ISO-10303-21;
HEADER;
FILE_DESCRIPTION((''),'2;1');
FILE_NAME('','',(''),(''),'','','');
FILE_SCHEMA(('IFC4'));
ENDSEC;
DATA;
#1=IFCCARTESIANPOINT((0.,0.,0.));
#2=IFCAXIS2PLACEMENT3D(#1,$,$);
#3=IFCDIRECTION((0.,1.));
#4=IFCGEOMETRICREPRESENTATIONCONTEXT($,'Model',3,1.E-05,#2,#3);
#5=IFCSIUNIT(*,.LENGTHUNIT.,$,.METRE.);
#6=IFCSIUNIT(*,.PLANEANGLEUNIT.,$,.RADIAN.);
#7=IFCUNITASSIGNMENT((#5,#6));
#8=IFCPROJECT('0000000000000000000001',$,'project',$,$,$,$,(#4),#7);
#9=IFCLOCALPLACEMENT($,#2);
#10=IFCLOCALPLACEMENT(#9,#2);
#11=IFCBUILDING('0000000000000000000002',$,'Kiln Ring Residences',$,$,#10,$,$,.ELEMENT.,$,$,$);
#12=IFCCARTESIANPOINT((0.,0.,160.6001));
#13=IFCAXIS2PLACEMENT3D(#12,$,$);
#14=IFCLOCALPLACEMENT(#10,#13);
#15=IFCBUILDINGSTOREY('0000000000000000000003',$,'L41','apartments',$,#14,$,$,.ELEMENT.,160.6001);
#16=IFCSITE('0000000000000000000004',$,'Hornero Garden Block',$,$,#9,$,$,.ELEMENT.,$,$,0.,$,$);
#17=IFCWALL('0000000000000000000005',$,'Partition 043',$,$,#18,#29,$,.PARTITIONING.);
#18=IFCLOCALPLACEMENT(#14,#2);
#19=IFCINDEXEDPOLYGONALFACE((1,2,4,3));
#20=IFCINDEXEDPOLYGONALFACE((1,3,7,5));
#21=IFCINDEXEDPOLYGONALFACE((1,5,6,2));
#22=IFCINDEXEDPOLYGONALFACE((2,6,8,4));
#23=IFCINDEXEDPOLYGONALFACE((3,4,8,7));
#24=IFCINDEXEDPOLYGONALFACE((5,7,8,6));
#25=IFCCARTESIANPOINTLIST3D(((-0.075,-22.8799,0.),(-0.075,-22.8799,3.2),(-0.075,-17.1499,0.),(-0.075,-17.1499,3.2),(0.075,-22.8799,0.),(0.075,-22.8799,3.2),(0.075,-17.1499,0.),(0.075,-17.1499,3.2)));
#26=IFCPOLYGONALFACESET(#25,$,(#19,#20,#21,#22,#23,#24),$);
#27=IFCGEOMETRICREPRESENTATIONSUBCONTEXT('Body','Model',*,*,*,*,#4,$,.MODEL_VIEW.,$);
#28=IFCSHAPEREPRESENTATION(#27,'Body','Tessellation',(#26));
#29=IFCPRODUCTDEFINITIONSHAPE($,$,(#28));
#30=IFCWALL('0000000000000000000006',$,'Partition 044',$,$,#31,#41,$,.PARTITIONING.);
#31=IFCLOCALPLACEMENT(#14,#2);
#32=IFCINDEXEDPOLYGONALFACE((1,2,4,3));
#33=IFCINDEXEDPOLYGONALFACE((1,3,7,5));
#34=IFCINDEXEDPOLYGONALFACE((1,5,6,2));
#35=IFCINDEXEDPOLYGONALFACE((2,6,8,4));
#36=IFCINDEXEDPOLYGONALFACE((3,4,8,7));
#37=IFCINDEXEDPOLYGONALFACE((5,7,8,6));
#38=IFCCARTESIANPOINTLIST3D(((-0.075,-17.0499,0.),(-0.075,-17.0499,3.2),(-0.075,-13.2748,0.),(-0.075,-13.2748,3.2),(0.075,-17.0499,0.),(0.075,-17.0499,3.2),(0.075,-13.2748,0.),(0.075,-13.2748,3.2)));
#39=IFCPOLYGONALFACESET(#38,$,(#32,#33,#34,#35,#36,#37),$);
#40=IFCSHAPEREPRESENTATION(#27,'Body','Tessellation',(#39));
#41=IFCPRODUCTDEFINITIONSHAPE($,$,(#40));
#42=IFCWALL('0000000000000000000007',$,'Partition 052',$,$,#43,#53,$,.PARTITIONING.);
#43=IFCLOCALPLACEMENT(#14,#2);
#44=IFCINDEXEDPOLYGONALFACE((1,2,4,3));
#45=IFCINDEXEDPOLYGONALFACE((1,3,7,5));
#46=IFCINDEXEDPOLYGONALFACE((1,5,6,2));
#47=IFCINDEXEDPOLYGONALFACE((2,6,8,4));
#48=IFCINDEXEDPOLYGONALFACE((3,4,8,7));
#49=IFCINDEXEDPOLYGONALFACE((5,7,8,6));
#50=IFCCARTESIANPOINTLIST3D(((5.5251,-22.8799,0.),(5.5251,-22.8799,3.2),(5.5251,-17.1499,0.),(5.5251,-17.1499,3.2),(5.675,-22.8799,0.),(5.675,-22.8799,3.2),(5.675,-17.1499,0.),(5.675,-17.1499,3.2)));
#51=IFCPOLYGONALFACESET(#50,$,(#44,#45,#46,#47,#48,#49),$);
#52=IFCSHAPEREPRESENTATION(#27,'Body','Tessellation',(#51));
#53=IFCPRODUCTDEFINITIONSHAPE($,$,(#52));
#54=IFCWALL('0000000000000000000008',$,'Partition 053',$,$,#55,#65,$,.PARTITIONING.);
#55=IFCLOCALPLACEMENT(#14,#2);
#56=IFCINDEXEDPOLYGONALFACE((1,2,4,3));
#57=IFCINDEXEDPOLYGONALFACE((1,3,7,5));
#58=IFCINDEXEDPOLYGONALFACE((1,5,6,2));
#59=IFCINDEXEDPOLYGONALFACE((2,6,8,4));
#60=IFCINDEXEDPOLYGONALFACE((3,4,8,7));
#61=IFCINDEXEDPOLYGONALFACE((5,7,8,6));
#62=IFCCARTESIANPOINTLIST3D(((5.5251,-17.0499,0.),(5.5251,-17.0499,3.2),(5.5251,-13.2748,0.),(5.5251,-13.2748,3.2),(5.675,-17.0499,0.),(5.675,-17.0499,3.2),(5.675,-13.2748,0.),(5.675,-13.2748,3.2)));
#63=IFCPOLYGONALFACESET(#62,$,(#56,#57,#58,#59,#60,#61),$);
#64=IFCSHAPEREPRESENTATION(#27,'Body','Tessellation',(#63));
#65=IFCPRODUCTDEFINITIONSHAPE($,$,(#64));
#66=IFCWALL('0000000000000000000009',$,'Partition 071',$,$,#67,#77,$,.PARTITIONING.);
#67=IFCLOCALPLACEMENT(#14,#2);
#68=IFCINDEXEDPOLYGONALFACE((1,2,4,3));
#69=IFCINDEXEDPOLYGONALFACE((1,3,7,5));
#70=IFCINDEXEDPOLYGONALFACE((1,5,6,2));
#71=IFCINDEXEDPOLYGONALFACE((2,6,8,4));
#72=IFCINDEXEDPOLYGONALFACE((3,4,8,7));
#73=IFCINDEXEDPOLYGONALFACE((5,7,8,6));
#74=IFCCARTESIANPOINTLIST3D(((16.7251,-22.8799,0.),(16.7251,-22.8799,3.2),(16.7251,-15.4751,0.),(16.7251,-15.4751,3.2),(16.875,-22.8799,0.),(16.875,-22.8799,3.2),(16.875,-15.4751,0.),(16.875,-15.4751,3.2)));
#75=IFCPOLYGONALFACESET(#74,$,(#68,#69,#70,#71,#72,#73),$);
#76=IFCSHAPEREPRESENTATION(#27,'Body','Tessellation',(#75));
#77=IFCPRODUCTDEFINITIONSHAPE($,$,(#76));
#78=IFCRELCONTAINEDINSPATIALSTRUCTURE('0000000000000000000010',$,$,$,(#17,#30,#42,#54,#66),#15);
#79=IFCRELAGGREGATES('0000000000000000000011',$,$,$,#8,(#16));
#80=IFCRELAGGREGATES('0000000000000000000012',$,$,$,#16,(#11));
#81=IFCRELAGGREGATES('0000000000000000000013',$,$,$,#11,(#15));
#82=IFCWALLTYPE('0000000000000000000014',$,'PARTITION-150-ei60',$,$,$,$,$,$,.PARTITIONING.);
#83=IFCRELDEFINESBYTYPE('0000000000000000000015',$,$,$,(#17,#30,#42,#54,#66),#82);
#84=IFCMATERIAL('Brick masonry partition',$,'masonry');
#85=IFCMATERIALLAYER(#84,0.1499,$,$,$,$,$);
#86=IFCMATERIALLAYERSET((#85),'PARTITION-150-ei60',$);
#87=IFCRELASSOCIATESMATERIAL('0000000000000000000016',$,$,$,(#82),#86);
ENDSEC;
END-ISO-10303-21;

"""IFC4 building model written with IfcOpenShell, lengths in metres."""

from ifc_helpers import new_model, si_unit, direction, frame, frame_2d, origin, place, context, subcontext, project, spatial, rectangle, extrude, material, layer, layer_set, type_object, element, save


model = new_model("IFC4")

# Units and contexts
model_context = context("Model", 3, precision=1e-05, world=origin(), true_north=direction((0.0, 1.0)))
body_context = subcontext(model_context, "Body", "Model", "MODEL_VIEW")
ifc_project = project(units=[si_unit("LENGTHUNIT", "METRE"), si_unit("PLANEANGLEUNIT", "RADIAN")], contexts=[model_context])

# Site, building, storey
site_placement = place(None, origin())
site = spatial("IfcSite", under=ifc_project, at=site_placement, Name="Hornero Garden Block", CompositionType="ELEMENT", RefElevation=0.0)
building_placement = place(site_placement, origin())
building = spatial("IfcBuilding", under=site, at=building_placement, Name="Kiln Ring Residences", CompositionType="ELEMENT")
storey_placement = place(building_placement, frame((0.0, 0.0, 160.6001)))
storey = spatial("IfcBuildingStorey", under=building, at=storey_placement, Name="L41", Description="apartments", CompositionType="ELEMENT", Elevation=160.6001)

# Walls
ifc_material_1 = material(Name="Brick masonry partition", Category="masonry")
ifc_layer_1 = layer(ifc_material_1, 0.1499)
ifc_layer_set_1 = layer_set([ifc_layer_1], Name="PARTITION-150-ei60")
wall_type_1 = type_object("IfcWallType", Name="PARTITION-150-ei60", PredefinedType="PARTITIONING", material=ifc_layer_set_1)
wall_1_placement = place(storey_placement, frame((0.0, -22.8799, 0.0), z_axis=(0.0, 0.0, 1.0), x_axis=(0.0, 1.0, 0.0)))
element("IfcWall", 1, at=wall_1_placement, inside=storey, type_object=wall_type_1, Name="Partition 043", PredefinedType="PARTITIONING", context=body_context, shape_type="SweptSolid", body=[
    extrude(rectangle(XDim=5.73, YDim=0.1499, at=frame_2d((2.865, 0.0))), origin(), (0.0, 0.0, 1.0), 3.2),
])
wall_2_placement = place(storey_placement, frame((0.0, -17.05, 0.0), z_axis=(0.0, 0.0, 1.0), x_axis=(0.0, 1.0, 0.0)))
element("IfcWall", 2, at=wall_2_placement, inside=storey, type_object=wall_type_1, Name="Partition 044", PredefinedType="PARTITIONING", context=body_context, shape_type="SweptSolid", body=[
    extrude(rectangle(XDim=3.7751, YDim=0.1499, at=frame_2d((1.8877, 0.0))), origin(), (0.0, 0.0, 1.0), 3.2),
])
wall_3_placement = place(storey_placement, frame((5.6001, -22.8799, 0.0), z_axis=(0.0, 0.0, 1.0), x_axis=(0.0, 1.0, 0.0)))
element("IfcWall", 3, at=wall_3_placement, inside=storey, type_object=wall_type_1, Name="Partition 052", PredefinedType="PARTITIONING", context=body_context, shape_type="SweptSolid", body=[
    extrude(rectangle(XDim=5.73, YDim=0.1499, at=frame_2d((2.865, 0.0))), origin(), (0.0, 0.0, 1.0), 3.2),
])
wall_4_placement = place(storey_placement, frame((5.6001, -17.05, 0.0), z_axis=(0.0, 0.0, 1.0), x_axis=(0.0, 1.0, 0.0)))
element("IfcWall", 4, at=wall_4_placement, inside=storey, type_object=wall_type_1, Name="Partition 053", PredefinedType="PARTITIONING", context=body_context, shape_type="SweptSolid", body=[
    extrude(rectangle(XDim=3.7751, YDim=0.1499, at=frame_2d((1.8877, 0.0))), origin(), (0.0, 0.0, 1.0), 3.2),
])
wall_5_placement = place(storey_placement, frame((16.8, -22.8799, 0.0), z_axis=(0.0, 0.0, 1.0), x_axis=(0.0, 1.0, 0.0)))
element("IfcWall", 5, at=wall_5_placement, inside=storey, type_object=wall_type_1, Name="Partition 071", PredefinedType="PARTITIONING", context=body_context, shape_type="SweptSolid", body=[
    extrude(rectangle(XDim=7.4048, YDim=0.1499, at=frame_2d((3.7024, 0.0))), origin(), (0.0, 0.0, 1.0), 3.2),
])

save(model, "model.ifc")
